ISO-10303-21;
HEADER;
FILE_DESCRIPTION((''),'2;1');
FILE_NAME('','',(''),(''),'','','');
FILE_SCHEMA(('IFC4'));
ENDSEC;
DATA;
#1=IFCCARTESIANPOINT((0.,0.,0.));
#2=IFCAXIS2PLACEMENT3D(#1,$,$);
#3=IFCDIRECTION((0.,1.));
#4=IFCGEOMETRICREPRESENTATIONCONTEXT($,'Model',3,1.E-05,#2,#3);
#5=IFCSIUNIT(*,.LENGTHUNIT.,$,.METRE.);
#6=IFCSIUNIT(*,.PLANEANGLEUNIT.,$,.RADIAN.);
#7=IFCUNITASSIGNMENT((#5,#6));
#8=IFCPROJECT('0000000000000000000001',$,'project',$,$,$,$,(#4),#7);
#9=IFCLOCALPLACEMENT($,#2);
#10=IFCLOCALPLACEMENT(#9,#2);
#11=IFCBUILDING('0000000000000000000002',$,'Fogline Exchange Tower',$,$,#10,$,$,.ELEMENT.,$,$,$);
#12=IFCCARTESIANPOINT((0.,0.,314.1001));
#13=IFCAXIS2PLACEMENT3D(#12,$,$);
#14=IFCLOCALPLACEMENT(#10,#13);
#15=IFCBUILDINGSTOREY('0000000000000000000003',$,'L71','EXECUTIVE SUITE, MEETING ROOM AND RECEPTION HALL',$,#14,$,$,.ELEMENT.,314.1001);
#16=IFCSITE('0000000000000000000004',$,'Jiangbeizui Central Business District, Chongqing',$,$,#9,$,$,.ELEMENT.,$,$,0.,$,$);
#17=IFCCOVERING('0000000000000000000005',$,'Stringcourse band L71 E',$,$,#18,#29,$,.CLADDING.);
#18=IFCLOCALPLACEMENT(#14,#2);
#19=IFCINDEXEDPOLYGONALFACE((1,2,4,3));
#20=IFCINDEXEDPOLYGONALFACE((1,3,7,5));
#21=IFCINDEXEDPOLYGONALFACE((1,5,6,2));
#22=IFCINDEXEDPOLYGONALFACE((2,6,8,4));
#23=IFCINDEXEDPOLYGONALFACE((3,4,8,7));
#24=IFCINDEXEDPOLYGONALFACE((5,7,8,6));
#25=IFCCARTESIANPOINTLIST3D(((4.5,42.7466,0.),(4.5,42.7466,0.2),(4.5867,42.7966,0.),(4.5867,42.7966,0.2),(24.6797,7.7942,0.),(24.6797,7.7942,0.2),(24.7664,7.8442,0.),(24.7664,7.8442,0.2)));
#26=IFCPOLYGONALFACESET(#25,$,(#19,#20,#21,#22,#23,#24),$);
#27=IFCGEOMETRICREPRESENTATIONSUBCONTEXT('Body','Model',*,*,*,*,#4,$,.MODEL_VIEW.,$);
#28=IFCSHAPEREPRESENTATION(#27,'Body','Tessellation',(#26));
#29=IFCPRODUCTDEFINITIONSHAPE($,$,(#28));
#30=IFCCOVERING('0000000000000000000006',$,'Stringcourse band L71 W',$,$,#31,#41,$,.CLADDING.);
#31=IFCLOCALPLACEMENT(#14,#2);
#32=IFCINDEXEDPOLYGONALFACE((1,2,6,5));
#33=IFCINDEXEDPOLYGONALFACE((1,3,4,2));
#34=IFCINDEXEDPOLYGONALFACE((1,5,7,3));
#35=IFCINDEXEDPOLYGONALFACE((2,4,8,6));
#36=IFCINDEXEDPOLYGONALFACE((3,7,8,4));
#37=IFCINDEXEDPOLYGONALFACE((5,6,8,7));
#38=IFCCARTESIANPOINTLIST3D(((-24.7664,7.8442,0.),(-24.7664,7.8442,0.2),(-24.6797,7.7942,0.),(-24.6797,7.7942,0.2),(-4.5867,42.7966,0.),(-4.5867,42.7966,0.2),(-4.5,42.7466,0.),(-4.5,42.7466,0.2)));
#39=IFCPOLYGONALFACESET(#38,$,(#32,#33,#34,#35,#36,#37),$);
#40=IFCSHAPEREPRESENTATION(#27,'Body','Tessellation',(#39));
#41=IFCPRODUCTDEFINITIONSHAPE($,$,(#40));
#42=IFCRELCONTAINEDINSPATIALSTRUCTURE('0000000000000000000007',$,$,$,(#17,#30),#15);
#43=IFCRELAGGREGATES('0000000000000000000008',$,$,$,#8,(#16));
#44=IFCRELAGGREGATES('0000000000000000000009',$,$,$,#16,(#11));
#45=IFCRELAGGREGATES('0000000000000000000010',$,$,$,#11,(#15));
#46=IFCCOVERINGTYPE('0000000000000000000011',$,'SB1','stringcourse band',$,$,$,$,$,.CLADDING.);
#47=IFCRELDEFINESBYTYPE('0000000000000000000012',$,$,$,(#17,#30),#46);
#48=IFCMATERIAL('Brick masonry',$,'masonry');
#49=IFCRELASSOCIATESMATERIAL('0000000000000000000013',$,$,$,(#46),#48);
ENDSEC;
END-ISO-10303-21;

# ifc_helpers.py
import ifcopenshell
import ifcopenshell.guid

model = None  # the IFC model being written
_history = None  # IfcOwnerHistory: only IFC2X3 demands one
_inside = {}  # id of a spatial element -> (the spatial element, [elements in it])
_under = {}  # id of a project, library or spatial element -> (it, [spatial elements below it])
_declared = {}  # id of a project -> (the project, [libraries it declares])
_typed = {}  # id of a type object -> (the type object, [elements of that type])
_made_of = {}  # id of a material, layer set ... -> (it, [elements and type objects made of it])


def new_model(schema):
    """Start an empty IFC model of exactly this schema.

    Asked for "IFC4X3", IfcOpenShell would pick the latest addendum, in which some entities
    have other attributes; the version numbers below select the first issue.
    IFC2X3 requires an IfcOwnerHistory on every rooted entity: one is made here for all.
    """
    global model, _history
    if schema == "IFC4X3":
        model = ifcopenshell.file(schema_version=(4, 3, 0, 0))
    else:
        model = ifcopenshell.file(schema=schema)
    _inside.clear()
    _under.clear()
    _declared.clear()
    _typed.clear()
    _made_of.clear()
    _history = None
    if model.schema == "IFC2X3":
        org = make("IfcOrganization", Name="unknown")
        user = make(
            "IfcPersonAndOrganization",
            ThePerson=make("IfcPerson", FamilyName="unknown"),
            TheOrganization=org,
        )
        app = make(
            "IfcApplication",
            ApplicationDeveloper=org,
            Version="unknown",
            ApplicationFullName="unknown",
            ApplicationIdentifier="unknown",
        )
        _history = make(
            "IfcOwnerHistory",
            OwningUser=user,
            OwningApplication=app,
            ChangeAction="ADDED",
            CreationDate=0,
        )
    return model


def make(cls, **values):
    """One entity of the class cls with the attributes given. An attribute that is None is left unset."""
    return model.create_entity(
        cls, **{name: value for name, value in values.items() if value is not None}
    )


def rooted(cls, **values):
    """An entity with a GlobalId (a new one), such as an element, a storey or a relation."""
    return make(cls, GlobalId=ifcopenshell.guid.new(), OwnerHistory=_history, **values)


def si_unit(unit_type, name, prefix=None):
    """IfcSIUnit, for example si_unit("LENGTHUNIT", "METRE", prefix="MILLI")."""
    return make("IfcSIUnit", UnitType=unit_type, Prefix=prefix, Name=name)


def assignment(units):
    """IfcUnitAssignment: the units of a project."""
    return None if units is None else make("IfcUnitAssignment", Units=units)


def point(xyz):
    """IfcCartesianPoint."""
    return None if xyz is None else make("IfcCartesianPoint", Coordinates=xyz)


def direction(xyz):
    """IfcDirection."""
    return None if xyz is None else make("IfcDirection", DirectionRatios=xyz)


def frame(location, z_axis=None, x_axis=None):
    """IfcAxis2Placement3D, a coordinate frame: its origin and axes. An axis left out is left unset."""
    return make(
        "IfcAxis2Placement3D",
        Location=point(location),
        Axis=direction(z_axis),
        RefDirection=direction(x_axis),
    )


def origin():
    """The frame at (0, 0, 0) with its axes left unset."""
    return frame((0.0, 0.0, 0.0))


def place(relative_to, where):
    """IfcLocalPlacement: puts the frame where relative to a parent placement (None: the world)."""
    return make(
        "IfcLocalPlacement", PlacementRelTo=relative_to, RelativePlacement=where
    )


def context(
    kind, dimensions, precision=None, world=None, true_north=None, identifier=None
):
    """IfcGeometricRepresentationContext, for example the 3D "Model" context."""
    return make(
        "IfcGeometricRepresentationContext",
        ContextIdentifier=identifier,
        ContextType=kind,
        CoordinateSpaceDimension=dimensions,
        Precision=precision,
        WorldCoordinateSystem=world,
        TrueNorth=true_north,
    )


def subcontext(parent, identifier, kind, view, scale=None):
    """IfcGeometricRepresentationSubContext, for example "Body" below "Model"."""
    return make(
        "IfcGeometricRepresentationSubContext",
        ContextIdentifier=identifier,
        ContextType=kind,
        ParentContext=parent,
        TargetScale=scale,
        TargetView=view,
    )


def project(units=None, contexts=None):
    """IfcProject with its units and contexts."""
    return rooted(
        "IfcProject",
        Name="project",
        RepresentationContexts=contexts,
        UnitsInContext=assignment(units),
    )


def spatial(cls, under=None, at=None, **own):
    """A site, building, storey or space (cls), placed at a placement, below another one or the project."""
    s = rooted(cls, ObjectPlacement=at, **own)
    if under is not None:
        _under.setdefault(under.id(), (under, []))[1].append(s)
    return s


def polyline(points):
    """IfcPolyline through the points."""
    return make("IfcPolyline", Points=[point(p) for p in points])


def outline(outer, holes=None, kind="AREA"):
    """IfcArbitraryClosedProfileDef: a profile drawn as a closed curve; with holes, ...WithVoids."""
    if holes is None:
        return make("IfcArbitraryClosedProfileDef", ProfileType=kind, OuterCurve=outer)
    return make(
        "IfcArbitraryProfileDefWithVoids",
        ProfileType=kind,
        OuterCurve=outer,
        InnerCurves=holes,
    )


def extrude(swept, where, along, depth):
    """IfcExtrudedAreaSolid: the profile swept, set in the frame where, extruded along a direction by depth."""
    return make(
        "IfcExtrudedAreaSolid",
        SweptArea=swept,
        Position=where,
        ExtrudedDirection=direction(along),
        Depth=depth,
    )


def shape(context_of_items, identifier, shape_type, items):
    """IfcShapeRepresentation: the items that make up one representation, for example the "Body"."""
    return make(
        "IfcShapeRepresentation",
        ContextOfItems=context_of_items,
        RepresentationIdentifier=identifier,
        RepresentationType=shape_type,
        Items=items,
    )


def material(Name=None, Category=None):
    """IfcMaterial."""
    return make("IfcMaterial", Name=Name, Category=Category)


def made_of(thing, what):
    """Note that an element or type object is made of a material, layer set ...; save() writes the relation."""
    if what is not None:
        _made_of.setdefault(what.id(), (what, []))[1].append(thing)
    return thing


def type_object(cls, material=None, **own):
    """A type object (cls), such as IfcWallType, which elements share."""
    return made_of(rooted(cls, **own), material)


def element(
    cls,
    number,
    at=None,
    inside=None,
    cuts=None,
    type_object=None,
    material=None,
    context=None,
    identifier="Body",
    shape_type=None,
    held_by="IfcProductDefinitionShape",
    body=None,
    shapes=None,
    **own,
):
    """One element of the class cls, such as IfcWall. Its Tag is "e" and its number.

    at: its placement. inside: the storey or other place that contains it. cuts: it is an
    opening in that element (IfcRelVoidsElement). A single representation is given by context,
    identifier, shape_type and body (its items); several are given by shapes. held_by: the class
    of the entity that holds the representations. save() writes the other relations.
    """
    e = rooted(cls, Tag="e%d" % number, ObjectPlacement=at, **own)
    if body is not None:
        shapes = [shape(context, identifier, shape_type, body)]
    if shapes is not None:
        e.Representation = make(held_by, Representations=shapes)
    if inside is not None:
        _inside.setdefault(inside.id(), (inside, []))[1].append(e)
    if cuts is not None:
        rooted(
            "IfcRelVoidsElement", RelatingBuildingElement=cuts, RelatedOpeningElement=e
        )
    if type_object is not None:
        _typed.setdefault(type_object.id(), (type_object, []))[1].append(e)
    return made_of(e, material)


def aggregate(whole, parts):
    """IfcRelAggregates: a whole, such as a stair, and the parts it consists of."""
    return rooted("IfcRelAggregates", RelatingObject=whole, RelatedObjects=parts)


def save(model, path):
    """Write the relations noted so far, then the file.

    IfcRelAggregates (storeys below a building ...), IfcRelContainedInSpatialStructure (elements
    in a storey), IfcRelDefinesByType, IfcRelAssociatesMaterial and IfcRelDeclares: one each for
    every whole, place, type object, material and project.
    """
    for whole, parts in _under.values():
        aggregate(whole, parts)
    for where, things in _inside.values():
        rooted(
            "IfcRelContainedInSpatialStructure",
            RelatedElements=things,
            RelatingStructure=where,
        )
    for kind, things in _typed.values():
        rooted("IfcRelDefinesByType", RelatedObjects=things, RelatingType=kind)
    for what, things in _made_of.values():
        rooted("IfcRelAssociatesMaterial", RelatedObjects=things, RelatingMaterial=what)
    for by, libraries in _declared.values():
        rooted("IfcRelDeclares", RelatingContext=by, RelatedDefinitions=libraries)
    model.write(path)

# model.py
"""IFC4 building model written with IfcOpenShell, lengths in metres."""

from ifc_helpers import new_model, si_unit, direction, frame, origin, place, context, subcontext, project, spatial, polyline, outline, extrude, material, type_object, element, save


model = new_model("IFC4")

# Units and contexts
model_context = context("Model", 3, precision=1e-05, world=origin(), true_north=direction((0.0, 1.0)))
body_context = subcontext(model_context, "Body", "Model", "MODEL_VIEW")
ifc_project = project(units=[si_unit("LENGTHUNIT", "METRE"), si_unit("PLANEANGLEUNIT", "RADIAN")], contexts=[model_context])

# Site, building, storey
site_placement = place(None, origin())
site = spatial("IfcSite", under=ifc_project, at=site_placement, Name="Jiangbeizui Central Business District, Chongqing", CompositionType="ELEMENT", RefElevation=0.0)
building_placement = place(site_placement, origin())
building = spatial("IfcBuilding", under=site, at=building_placement, Name="Fogline Exchange Tower", CompositionType="ELEMENT")
storey_placement = place(building_placement, frame((0.0, 0.0, 314.1001)))
storey = spatial("IfcBuildingStorey", under=building, at=storey_placement, Name="L71", Description="EXECUTIVE SUITE, MEETING ROOM AND RECEPTION HALL", CompositionType="ELEMENT", Elevation=314.1001)

# Coverings
ifc_material_1 = material(Name="Brick masonry", Category="masonry")
covering_type = type_object("IfcCoveringType", Name="SB1", Description="stringcourse band", PredefinedType="CLADDING", material=ifc_material_1)
covering_1_placement = place(storey_placement, origin())
element("IfcCovering", 1, at=covering_1_placement, inside=storey, type_object=covering_type, Name="Stringcourse band L71 E", PredefinedType="CLADDING", context=body_context, shape_type="SweptSolid", body=[
    extrude(outline(polyline([(24.6797, 7.7942), (24.7664, 7.8442), (4.5867, 42.7966), (4.5, 42.7466), (24.6797, 7.7942)])), origin(), (0.0, 0.0, 1.0), 0.2),
])
covering_2_placement = place(storey_placement, origin())
element("IfcCovering", 2, at=covering_2_placement, inside=storey, type_object=covering_type, Name="Stringcourse band L71 W", PredefinedType="CLADDING", context=body_context, shape_type="SweptSolid", body=[
    extrude(outline(polyline([(-4.5, 42.7466), (-4.5867, 42.7966), (-24.7664, 7.8442), (-24.6797, 7.7942), (-4.5, 42.7466)])), origin(), (0.0, 0.0, 1.0), 0.2),
])

save(model, "model.ifc")
